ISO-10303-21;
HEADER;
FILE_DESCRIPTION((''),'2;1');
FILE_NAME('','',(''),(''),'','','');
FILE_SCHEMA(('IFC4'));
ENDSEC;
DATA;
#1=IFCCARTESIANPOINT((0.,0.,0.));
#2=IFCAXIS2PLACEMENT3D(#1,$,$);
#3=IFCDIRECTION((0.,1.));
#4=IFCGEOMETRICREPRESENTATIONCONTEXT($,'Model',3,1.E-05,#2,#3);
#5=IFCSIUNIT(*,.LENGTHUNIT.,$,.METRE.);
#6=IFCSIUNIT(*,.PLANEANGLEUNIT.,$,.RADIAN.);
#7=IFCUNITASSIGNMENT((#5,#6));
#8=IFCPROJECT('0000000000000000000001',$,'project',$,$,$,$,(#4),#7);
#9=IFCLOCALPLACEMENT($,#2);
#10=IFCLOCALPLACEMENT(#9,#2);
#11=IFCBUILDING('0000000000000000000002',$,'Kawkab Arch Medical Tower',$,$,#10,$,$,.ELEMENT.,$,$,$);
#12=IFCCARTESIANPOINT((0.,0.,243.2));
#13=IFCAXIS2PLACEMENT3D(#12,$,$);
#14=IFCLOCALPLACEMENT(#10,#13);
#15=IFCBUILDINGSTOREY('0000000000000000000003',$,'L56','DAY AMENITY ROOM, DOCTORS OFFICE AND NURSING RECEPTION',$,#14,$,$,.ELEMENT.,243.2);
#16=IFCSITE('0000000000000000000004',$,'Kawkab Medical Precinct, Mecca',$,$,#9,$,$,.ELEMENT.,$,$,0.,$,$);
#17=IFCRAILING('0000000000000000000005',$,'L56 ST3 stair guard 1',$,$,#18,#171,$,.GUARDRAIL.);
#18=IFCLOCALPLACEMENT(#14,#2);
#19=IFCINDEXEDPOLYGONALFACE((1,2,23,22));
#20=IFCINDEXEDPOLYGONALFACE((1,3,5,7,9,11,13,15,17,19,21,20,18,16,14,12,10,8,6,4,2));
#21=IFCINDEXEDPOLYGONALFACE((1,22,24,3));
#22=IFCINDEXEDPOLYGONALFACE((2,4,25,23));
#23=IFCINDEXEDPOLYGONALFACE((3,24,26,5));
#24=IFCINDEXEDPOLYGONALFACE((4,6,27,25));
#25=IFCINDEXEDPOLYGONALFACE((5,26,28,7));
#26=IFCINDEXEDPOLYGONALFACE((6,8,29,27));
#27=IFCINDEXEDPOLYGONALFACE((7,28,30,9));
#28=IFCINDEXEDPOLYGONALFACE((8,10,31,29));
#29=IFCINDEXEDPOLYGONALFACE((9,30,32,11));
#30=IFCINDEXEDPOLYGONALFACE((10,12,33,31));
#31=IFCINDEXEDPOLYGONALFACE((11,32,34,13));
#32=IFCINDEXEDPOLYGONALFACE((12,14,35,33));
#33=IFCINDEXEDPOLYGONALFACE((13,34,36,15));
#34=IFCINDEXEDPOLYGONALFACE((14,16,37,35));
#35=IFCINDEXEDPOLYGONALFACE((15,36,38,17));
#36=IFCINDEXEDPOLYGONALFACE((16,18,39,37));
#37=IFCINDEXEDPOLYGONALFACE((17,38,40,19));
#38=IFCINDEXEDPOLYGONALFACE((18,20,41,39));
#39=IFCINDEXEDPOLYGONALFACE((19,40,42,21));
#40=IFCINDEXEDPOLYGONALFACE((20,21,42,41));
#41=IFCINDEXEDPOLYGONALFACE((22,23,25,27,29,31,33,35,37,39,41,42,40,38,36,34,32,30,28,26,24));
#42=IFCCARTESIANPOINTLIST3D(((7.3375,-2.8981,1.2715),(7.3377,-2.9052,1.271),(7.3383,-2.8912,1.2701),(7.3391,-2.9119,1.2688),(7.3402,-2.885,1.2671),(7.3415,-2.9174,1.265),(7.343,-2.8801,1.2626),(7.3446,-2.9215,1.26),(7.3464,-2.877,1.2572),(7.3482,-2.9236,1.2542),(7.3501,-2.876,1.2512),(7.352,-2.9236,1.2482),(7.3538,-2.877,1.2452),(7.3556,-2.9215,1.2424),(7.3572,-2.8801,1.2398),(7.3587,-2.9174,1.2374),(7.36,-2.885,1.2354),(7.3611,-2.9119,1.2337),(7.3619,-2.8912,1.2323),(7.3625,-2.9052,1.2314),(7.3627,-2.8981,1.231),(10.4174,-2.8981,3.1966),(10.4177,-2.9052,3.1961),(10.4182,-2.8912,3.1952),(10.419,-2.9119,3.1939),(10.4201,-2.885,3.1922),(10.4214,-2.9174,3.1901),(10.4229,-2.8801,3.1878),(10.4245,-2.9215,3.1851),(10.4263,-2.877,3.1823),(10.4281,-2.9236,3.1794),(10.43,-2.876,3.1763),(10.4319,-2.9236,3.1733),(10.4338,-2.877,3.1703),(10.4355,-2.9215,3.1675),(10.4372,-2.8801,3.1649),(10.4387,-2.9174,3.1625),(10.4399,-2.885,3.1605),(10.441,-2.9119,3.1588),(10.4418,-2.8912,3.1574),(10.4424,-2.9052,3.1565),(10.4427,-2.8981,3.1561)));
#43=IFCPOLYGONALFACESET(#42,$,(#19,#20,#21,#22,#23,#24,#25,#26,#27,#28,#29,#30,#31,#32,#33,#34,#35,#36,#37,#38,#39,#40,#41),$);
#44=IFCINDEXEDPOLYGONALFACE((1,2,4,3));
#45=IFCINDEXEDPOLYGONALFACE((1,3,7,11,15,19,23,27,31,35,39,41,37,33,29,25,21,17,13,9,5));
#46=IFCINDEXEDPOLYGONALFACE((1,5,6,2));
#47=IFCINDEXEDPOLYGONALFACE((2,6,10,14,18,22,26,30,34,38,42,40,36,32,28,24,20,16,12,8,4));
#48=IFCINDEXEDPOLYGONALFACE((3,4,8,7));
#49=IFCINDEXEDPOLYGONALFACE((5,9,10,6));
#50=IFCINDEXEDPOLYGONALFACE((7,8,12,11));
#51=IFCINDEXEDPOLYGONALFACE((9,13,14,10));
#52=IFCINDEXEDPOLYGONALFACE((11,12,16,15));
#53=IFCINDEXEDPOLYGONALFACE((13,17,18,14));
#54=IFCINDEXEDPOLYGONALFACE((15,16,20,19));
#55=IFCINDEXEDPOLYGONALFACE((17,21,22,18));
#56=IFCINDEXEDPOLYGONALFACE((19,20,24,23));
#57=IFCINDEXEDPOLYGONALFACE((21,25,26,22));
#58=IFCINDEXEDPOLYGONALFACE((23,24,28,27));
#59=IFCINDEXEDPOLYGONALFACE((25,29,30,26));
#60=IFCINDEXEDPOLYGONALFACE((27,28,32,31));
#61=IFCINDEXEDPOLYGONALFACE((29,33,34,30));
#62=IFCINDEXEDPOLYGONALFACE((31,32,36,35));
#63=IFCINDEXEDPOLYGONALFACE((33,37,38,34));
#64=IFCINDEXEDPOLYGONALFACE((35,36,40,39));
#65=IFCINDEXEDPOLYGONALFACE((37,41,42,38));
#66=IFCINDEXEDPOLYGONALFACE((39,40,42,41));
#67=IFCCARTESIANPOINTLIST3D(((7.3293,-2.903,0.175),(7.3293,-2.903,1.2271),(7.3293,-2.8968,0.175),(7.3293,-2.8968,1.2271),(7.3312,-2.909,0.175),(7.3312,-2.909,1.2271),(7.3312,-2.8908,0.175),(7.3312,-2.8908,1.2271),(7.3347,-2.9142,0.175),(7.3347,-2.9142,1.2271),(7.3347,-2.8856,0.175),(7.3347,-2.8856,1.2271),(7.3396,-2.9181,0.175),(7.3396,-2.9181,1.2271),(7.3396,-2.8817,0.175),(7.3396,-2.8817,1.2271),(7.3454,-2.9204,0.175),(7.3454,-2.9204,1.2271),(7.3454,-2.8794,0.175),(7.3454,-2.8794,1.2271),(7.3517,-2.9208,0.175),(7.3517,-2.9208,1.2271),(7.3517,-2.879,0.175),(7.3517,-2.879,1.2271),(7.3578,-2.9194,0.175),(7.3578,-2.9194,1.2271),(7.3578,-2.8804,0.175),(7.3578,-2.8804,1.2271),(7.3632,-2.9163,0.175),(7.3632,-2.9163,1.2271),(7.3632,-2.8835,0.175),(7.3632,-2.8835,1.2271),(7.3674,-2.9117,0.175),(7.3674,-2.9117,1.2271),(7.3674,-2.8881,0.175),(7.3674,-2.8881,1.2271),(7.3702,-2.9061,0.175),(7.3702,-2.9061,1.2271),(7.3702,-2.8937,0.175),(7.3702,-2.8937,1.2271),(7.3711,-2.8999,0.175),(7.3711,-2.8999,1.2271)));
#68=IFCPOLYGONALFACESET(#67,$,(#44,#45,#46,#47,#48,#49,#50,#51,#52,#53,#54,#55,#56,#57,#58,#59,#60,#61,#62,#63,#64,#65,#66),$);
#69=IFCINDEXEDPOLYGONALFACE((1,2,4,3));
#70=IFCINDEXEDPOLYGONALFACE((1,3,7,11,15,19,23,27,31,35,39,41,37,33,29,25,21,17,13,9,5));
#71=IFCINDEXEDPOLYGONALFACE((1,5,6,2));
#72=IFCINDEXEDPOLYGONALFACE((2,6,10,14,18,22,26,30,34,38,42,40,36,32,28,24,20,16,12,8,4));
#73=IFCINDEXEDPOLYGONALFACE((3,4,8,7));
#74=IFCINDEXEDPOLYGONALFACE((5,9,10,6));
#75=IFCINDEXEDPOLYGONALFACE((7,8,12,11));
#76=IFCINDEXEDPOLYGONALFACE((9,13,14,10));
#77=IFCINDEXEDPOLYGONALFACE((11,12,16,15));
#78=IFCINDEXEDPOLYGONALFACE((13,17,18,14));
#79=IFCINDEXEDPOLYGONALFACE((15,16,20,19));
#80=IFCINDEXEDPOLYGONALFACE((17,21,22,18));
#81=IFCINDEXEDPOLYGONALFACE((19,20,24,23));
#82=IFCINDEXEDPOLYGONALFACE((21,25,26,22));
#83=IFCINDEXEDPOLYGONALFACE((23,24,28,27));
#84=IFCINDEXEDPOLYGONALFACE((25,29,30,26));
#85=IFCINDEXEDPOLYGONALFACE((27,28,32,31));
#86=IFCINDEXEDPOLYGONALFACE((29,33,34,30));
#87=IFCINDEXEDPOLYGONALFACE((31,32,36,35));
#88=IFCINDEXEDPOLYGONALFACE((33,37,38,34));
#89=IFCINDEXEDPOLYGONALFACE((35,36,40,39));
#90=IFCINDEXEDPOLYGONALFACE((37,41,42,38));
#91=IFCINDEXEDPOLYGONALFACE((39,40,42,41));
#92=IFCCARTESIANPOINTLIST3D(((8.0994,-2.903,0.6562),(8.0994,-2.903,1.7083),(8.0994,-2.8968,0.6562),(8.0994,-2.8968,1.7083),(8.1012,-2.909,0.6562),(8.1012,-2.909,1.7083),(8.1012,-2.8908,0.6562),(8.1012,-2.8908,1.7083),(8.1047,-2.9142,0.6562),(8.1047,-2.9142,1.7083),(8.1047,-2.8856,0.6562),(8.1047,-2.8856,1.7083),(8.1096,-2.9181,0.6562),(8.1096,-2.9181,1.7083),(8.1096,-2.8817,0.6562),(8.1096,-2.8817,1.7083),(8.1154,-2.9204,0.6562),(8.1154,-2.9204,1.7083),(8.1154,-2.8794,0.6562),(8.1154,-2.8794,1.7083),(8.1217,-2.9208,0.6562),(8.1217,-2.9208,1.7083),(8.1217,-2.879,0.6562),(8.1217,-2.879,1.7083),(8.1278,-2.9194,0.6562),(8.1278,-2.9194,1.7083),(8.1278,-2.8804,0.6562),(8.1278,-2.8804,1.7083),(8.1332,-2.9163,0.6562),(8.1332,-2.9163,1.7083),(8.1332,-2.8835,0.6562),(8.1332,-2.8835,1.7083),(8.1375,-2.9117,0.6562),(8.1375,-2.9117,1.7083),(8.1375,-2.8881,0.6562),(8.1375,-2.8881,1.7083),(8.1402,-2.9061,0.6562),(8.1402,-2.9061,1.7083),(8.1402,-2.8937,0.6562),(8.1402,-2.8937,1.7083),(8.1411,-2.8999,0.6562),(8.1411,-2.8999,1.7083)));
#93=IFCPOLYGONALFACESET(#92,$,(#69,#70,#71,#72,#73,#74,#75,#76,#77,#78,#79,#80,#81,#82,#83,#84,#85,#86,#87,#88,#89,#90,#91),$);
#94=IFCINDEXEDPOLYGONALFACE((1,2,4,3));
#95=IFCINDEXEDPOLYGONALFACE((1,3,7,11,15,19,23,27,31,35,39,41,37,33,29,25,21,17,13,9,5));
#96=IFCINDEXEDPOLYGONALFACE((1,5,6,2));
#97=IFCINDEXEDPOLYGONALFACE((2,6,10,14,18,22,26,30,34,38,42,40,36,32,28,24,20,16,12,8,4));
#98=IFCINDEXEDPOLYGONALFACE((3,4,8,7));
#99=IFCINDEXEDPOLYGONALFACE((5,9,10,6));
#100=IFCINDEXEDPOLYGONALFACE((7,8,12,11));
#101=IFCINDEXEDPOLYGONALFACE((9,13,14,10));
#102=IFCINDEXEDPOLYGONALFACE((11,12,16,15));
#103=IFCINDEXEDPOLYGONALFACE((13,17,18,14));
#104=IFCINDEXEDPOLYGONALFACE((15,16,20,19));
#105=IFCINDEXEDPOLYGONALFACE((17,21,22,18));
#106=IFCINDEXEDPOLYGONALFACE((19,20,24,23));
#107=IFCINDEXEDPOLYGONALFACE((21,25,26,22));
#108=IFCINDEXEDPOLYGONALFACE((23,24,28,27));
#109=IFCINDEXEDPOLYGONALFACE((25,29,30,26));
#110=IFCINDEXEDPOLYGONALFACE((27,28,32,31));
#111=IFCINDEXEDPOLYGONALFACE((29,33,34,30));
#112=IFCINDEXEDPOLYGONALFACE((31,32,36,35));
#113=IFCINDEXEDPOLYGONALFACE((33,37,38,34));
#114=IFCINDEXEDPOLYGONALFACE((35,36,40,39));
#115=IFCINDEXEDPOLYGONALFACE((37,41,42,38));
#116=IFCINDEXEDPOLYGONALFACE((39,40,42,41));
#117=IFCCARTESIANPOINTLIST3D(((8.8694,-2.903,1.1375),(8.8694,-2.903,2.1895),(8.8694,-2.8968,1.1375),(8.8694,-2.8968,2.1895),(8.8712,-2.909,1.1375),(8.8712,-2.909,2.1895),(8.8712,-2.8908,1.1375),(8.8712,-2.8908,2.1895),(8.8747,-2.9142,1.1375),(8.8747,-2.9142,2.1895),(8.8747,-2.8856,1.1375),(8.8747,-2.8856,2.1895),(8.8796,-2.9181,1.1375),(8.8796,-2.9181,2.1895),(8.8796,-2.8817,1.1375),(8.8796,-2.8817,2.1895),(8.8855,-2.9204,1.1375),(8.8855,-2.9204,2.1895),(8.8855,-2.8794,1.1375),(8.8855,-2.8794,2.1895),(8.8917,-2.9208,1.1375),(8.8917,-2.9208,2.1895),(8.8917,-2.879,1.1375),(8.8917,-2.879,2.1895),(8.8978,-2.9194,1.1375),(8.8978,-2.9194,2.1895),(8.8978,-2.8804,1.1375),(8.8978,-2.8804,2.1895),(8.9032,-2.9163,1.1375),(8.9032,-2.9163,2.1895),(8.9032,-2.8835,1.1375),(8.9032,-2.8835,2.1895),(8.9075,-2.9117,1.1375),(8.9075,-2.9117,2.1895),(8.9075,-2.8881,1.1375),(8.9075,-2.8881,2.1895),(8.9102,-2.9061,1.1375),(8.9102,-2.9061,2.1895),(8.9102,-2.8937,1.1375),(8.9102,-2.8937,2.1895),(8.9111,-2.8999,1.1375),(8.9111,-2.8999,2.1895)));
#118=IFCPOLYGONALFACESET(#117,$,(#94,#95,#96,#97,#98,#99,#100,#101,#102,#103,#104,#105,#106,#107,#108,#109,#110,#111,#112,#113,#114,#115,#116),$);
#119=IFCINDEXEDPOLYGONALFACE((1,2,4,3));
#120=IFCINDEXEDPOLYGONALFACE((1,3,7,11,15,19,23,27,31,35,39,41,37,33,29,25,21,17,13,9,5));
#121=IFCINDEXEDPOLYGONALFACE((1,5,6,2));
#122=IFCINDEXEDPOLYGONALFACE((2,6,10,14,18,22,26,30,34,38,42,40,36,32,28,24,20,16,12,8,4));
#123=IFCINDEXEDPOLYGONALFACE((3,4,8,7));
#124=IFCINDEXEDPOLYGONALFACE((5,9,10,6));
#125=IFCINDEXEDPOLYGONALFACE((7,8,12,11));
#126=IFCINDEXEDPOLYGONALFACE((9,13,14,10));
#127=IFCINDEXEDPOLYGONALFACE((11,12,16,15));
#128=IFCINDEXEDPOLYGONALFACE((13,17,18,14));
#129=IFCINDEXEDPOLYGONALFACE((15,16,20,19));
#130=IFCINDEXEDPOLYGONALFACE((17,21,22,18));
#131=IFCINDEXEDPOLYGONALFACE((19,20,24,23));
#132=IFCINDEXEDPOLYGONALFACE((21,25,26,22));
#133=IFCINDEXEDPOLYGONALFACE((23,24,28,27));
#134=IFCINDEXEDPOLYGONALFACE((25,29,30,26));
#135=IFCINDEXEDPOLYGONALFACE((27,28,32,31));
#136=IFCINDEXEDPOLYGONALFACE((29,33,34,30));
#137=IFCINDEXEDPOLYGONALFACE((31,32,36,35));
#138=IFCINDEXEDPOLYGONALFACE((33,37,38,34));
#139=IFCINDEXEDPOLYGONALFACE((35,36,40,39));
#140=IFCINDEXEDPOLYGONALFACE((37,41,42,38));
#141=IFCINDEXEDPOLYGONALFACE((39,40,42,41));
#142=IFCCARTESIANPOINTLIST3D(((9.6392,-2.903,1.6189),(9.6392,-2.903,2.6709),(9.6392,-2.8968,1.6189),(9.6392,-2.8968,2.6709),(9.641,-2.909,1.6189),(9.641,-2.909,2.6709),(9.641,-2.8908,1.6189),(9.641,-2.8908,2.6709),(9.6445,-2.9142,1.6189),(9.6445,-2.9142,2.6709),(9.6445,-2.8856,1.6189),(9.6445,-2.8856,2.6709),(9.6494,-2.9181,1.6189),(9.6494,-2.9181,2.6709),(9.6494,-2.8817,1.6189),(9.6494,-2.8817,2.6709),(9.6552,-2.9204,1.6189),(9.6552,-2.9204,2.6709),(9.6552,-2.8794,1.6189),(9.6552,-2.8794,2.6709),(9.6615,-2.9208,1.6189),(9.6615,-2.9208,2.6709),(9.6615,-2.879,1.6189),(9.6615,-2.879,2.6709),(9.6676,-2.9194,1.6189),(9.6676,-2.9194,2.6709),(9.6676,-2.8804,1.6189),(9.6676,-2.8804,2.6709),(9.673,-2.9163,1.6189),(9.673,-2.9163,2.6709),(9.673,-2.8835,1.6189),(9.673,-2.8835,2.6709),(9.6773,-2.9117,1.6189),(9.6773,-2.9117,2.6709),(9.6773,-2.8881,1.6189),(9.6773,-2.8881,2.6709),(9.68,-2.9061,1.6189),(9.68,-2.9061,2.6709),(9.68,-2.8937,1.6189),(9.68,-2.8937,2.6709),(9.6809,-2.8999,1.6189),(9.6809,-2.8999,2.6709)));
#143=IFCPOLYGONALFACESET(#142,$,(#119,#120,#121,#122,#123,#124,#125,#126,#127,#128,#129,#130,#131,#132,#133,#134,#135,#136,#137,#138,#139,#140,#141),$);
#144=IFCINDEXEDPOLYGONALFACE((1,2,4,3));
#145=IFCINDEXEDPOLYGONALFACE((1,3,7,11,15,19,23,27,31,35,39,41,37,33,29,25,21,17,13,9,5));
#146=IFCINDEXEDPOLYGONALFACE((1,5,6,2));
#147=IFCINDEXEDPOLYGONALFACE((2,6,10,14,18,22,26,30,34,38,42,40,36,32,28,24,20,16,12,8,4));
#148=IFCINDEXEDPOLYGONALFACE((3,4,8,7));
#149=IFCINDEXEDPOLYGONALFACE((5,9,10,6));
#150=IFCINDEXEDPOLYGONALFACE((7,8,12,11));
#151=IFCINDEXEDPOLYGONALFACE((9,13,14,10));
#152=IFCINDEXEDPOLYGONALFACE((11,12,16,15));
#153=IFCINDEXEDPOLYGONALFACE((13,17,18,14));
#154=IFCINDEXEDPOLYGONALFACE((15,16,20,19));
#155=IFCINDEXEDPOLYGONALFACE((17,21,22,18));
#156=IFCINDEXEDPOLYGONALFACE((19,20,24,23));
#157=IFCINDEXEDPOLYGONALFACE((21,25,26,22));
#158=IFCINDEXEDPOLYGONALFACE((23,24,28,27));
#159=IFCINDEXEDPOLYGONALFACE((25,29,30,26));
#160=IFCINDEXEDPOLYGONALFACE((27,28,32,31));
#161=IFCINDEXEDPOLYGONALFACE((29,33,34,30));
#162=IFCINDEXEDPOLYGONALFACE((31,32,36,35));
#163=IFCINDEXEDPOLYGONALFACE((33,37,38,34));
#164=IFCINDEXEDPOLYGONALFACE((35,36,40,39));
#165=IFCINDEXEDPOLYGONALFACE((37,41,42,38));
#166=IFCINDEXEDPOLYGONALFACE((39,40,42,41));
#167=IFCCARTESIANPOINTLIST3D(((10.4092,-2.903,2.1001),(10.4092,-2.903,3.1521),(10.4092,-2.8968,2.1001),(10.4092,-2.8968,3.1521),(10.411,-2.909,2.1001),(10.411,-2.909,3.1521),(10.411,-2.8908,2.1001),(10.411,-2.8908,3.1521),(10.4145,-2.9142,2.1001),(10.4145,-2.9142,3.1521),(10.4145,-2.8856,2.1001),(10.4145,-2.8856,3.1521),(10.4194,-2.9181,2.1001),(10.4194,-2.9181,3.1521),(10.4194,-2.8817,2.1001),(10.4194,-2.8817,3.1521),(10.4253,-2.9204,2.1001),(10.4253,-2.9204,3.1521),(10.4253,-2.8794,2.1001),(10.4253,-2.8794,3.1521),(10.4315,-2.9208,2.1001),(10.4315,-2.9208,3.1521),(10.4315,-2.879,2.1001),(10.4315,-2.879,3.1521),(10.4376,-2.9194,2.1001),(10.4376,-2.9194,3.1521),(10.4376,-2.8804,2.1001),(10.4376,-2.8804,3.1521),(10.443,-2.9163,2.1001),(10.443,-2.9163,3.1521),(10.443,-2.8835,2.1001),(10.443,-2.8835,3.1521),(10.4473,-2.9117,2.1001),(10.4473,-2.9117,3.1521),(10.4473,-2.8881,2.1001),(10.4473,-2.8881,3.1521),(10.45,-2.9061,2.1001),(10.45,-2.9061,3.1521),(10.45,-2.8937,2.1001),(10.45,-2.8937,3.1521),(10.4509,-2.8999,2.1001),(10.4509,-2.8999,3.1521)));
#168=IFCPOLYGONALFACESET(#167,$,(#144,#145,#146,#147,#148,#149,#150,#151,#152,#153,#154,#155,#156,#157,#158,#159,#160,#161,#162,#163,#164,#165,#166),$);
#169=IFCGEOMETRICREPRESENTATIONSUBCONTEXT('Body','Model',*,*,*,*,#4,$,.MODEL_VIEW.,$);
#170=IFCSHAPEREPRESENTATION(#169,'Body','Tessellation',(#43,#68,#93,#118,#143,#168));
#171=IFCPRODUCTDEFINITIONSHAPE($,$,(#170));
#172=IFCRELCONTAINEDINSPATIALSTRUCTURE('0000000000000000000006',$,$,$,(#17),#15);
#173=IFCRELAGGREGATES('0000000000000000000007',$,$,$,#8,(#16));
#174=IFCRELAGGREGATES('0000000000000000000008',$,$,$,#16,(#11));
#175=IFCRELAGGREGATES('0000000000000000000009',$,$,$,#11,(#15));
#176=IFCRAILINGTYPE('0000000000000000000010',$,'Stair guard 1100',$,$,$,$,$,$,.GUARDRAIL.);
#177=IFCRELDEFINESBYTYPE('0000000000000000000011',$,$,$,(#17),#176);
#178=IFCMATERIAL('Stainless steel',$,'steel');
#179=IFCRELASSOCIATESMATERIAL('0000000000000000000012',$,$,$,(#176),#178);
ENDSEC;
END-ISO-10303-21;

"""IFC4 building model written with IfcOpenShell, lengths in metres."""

from ifc_helpers import new_model, si_unit, direction, frame, origin, origin_2d, place, context, subcontext, project, spatial, circle, extrude, material, type_object, element, save


model = new_model("IFC4")

# Units and contexts
model_context = context("Model", 3, precision=1e-05, world=origin(), true_north=direction((0.0, 1.0)))
body_context = subcontext(model_context, "Body", "Model", "MODEL_VIEW")
ifc_project = project(units=[si_unit("LENGTHUNIT", "METRE"), si_unit("PLANEANGLEUNIT", "RADIAN")], contexts=[model_context])

# Site, building, storey
site_placement = place(None, origin())
site = spatial("IfcSite", under=ifc_project, at=site_placement, Name="Kawkab Medical Precinct, Mecca", CompositionType="ELEMENT", RefElevation=0.0)
building_placement = place(site_placement, origin())
building = spatial("IfcBuilding", under=site, at=building_placement, Name="Kawkab Arch Medical Tower", CompositionType="ELEMENT")
storey_placement = place(building_placement, frame((0.0, 0.0, 243.2)))
storey = spatial("IfcBuildingStorey", under=building, at=storey_placement, Name="L56", Description="DAY AMENITY ROOM, DOCTORS OFFICE AND NURSING RECEPTION", CompositionType="ELEMENT", Elevation=243.2)

# Railing
ifc_material_1 = material(Name="Stainless steel", Category="steel")
railing_type_1 = type_object("IfcRailingType", Name="Stair guard 1100", PredefinedType="GUARDRAIL", material=ifc_material_1)
railing_1_placement = place(storey_placement, frame((7.3501, -2.8999, 0.175)))
element("IfcRailing", 1, at=railing_1_placement, inside=storey, type_object=railing_type_1, Name="L56 ST3 stair guard 1", PredefinedType="GUARDRAIL", context=body_context, shape_type="SweptSolid", body=[
    extrude(circle(Radius=0.0239, at=origin_2d()), frame((0.0, 0.0, 1.0762), z_axis=(0.847979, 0.0, 0.530029), x_axis=(0.0, 1.0, 0.0)), (0.0, 0.0, 1.0), 3.6321),
    extrude(circle(Radius=0.021, at=origin_2d()), origin(), (0.0, 0.0, 1.0), 1.052),
    extrude(circle(Radius=0.021, at=origin_2d()), frame((0.77, 0.0, 0.4812)), (0.0, 0.0, 1.0), 1.052),
    extrude(circle(Radius=0.021, at=origin_2d()), frame((1.54, 0.0, 0.9624)), (0.0, 0.0, 1.0), 1.052),
    extrude(circle(Radius=0.021, at=origin_2d()), frame((2.3098, 0.0, 1.4438)), (0.0, 0.0, 1.0), 1.052),
    extrude(circle(Radius=0.021, at=origin_2d()), frame((3.0798, 0.0, 1.925)), (0.0, 0.0, 1.0), 1.052),
])

save(model, "model.ifc")
